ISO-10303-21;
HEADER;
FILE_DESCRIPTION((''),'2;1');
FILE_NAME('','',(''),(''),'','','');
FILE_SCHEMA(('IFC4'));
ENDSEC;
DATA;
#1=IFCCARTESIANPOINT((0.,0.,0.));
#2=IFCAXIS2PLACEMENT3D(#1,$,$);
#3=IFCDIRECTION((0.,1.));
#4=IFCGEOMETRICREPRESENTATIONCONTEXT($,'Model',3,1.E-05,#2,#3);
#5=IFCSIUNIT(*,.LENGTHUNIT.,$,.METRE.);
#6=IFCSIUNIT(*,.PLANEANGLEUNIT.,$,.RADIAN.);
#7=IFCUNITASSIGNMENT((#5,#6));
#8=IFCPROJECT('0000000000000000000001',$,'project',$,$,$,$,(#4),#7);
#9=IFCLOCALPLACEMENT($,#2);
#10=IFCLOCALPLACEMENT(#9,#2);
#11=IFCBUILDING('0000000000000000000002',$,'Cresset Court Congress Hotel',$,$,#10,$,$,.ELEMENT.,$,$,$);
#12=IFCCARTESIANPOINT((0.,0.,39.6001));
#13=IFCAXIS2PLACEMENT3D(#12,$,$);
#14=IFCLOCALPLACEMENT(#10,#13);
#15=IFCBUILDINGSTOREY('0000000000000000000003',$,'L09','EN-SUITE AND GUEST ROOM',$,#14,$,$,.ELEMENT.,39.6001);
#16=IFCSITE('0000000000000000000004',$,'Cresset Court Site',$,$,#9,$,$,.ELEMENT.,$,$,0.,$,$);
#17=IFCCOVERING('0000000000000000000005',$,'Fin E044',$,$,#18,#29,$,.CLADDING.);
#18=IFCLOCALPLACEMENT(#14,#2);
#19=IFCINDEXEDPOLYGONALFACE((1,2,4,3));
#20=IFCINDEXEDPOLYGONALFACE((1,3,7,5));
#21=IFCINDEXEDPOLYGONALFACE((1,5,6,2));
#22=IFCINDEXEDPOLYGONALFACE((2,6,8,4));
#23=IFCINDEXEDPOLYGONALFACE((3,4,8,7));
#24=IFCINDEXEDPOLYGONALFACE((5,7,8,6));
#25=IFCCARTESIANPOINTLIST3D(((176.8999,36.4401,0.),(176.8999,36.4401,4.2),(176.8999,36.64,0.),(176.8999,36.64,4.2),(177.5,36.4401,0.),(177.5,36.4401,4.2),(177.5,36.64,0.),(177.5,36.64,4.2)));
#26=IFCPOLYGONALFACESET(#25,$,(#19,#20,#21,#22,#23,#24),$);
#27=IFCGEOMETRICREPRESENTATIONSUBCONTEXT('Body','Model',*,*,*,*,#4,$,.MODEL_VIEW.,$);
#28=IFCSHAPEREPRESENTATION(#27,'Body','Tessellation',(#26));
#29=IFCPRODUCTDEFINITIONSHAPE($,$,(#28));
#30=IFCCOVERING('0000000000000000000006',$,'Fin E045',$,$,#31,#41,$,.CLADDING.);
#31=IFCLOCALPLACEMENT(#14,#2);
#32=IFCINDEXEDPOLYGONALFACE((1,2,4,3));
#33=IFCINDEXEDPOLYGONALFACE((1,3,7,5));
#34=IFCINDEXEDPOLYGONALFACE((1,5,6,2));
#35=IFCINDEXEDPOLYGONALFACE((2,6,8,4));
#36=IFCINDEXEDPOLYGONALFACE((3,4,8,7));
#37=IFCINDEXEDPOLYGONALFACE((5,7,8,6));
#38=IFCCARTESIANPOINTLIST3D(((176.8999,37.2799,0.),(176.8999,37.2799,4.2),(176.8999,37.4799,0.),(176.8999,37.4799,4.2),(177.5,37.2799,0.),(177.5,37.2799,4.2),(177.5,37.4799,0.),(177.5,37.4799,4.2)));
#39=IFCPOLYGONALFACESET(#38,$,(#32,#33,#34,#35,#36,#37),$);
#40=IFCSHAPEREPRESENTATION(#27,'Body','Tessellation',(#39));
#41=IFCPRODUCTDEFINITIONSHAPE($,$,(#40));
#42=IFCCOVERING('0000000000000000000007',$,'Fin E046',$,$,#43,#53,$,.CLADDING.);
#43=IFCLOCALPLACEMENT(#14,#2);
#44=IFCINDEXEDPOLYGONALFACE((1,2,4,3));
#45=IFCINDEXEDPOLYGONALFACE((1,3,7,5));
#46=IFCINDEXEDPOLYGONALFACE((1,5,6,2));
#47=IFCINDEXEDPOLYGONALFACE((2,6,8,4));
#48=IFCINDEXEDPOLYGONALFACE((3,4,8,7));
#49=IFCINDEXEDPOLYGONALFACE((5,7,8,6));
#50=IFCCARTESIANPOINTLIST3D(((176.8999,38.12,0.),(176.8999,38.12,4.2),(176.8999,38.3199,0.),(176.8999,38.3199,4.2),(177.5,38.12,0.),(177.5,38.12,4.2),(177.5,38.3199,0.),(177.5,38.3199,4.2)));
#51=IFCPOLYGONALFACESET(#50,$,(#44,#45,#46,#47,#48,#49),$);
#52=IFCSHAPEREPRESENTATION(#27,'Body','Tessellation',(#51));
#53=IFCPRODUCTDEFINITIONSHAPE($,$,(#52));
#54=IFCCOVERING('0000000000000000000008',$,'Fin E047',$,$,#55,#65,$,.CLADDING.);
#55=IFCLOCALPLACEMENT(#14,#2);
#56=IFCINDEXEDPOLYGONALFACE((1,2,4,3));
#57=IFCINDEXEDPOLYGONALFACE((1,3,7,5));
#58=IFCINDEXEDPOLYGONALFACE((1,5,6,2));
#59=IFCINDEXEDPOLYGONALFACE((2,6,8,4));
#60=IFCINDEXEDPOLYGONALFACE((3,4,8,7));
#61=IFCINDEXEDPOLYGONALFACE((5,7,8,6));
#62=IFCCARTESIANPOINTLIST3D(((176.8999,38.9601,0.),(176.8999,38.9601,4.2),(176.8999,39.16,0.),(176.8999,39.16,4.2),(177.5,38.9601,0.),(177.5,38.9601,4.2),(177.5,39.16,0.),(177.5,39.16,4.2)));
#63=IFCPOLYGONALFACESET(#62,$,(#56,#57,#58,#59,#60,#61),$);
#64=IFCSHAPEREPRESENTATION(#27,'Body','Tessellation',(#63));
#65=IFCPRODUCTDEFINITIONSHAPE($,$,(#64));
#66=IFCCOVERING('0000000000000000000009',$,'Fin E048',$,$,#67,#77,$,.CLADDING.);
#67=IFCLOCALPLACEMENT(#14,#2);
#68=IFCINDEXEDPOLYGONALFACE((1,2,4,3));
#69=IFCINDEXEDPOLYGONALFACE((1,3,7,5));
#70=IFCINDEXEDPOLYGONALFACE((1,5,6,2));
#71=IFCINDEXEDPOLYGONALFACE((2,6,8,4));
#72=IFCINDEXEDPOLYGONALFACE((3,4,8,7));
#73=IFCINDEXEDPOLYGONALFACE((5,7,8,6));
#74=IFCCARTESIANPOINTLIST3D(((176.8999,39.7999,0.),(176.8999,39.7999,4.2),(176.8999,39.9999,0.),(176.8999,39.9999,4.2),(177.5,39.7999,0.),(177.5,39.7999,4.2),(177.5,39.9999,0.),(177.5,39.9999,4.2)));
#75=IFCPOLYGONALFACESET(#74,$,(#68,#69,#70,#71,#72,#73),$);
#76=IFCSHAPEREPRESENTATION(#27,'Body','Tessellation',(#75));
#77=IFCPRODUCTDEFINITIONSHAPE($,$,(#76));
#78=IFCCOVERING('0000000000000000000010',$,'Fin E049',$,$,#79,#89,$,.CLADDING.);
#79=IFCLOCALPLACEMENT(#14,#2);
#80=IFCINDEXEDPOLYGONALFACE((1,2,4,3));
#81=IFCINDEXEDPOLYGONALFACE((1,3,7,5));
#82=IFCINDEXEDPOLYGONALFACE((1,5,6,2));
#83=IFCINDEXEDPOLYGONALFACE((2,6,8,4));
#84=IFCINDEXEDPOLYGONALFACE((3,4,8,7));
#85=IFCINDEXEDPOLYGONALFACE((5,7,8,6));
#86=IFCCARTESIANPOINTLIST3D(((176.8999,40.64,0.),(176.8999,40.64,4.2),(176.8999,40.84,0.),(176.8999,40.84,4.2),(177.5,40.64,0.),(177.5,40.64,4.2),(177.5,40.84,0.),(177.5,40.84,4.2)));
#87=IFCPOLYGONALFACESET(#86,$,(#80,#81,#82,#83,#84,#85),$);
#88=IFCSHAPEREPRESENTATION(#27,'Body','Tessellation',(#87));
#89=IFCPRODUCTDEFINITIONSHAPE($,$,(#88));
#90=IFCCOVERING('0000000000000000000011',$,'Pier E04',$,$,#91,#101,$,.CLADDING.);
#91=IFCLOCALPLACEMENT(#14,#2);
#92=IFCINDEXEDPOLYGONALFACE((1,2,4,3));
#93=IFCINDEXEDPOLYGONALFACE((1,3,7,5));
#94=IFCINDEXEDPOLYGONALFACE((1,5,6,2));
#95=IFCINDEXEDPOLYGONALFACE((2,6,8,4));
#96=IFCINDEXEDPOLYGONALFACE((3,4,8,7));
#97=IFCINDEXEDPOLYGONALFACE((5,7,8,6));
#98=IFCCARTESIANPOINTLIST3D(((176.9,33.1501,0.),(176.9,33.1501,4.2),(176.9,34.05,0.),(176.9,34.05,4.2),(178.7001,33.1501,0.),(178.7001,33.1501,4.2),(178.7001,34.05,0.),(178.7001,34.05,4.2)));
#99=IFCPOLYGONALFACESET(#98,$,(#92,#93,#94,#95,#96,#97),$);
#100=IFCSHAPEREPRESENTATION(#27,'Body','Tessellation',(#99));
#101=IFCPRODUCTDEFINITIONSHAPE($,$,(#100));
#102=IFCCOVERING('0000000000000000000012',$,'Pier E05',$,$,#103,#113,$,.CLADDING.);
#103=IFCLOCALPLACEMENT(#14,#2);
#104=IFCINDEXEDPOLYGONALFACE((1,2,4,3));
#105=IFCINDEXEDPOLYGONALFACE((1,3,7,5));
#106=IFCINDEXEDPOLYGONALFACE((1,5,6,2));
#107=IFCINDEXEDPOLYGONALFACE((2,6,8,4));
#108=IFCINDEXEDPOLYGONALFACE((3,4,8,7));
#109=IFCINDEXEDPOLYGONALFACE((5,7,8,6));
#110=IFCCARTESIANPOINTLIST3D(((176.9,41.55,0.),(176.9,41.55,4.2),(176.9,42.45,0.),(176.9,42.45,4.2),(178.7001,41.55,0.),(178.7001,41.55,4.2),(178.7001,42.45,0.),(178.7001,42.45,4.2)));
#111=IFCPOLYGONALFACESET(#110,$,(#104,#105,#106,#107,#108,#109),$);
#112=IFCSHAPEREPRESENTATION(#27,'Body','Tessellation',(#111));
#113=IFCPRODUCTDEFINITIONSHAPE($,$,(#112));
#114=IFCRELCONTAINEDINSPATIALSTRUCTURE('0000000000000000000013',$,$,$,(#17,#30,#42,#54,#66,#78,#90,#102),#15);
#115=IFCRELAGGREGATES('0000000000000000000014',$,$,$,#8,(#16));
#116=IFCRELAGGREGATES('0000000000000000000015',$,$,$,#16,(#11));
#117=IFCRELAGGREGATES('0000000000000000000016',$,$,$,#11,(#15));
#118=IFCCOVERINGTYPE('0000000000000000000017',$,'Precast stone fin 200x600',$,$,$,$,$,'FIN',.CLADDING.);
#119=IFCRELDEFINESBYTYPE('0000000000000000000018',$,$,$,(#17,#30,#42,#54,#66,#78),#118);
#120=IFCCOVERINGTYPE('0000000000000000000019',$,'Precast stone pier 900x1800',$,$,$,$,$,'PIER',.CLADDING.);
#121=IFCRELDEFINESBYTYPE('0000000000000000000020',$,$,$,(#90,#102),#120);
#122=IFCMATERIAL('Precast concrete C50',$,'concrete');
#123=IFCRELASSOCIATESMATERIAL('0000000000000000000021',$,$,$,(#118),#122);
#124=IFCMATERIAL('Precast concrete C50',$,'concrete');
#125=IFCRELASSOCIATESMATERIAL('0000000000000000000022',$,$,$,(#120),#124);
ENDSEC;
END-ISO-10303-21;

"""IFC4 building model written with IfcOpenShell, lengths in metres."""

from ifc_helpers import new_model, si_unit, direction, frame, origin, origin_2d, place, context, subcontext, project, spatial, rectangle, extrude, material, type_object, element, save


model = new_model("IFC4")

# Units and contexts
model_context = context("Model", 3, precision=1e-05, world=origin(), true_north=direction((0.0, 1.0)))
body_context = subcontext(model_context, "Body", "Model", "MODEL_VIEW")
ifc_project = project(units=[si_unit("LENGTHUNIT", "METRE"), si_unit("PLANEANGLEUNIT", "RADIAN")], contexts=[model_context])

# Site, building, storey
site_placement = place(None, origin())
site = spatial("IfcSite", under=ifc_project, at=site_placement, Name="Cresset Court Site", CompositionType="ELEMENT", RefElevation=0.0)
building_placement = place(site_placement, origin())
building = spatial("IfcBuilding", under=site, at=building_placement, Name="Cresset Court Congress Hotel", CompositionType="ELEMENT")
storey_placement = place(building_placement, frame((0.0, 0.0, 39.6001)))
storey = spatial("IfcBuildingStorey", under=building, at=storey_placement, Name="L09", Description="EN-SUITE AND GUEST ROOM", CompositionType="ELEMENT", Elevation=39.6001)

# Coverings
ifc_material_1 = material(Name="Precast concrete C50", Category="concrete")
covering_type_1 = type_object("IfcCoveringType", Name="Precast stone fin 200x600", ElementType="FIN", PredefinedType="CLADDING", material=ifc_material_1)
for number, where, z_axis, x_axis, name in (
    (1, (177.2, 36.54, 0.0), (0.0, 0.0, 1.0), (1.0, 0.0, 0.0), "Fin E044"),
    (2, (177.2, 37.3799, 0.0), (0.0, 0.0, 1.0), (1.0, 0.0, 0.0), "Fin E045"),
    (3, (177.2, 38.22, 0.0), (0.0, 0.0, 1.0), (1.0, 0.0, 0.0), "Fin E046"),
    (4, (177.2, 39.0601, 0.0), (0.0, 0.0, 1.0), (1.0, 0.0, 0.0), "Fin E047"),
    (5, (177.2, 39.8999, 0.0), (0.0, 0.0, 1.0), (1.0, 0.0, 0.0), "Fin E048"),
    (6, (177.2, 40.74, 0.0), (0.0, 0.0, 1.0), (1.0, 0.0, 0.0), "Fin E049"),
):
    element("IfcCovering", number, at=place(storey_placement, frame(where, z_axis=z_axis, x_axis=x_axis)), inside=storey, type_object=covering_type_1, Name=name, PredefinedType="CLADDING", context=body_context, shape_type="SweptSolid", body=[
        extrude(rectangle(XDim=0.6001, YDim=0.2, at=origin_2d()), origin(), (0.0, 0.0, 1.0), 4.2),
    ])
ifc_material_2 = material(Name="Precast concrete C50", Category="concrete")
covering_type_2 = type_object("IfcCoveringType", Name="Precast stone pier 900x1800", ElementType="PIER", PredefinedType="CLADDING", material=ifc_material_2)
for number, where, z_axis, x_axis, name in (
    (7, (177.8, 33.6001, 0.0), (0.0, 0.0, 1.0), (1.0, 0.0, 0.0), "Pier E04"),
    (8, (177.8, 42.0, 0.0), (0.0, 0.0, 1.0), (1.0, 0.0, 0.0), "Pier E05"),
):
    element("IfcCovering", number, at=place(storey_placement, frame(where, z_axis=z_axis, x_axis=x_axis)), inside=storey, type_object=covering_type_2, Name=name, PredefinedType="CLADDING", context=body_context, shape_type="SweptSolid", body=[
        extrude(rectangle(XDim=1.8, YDim=0.8999, at=origin_2d()), origin(), (0.0, 0.0, 1.0), 4.2),
    ])

save(model, "model.ifc")
